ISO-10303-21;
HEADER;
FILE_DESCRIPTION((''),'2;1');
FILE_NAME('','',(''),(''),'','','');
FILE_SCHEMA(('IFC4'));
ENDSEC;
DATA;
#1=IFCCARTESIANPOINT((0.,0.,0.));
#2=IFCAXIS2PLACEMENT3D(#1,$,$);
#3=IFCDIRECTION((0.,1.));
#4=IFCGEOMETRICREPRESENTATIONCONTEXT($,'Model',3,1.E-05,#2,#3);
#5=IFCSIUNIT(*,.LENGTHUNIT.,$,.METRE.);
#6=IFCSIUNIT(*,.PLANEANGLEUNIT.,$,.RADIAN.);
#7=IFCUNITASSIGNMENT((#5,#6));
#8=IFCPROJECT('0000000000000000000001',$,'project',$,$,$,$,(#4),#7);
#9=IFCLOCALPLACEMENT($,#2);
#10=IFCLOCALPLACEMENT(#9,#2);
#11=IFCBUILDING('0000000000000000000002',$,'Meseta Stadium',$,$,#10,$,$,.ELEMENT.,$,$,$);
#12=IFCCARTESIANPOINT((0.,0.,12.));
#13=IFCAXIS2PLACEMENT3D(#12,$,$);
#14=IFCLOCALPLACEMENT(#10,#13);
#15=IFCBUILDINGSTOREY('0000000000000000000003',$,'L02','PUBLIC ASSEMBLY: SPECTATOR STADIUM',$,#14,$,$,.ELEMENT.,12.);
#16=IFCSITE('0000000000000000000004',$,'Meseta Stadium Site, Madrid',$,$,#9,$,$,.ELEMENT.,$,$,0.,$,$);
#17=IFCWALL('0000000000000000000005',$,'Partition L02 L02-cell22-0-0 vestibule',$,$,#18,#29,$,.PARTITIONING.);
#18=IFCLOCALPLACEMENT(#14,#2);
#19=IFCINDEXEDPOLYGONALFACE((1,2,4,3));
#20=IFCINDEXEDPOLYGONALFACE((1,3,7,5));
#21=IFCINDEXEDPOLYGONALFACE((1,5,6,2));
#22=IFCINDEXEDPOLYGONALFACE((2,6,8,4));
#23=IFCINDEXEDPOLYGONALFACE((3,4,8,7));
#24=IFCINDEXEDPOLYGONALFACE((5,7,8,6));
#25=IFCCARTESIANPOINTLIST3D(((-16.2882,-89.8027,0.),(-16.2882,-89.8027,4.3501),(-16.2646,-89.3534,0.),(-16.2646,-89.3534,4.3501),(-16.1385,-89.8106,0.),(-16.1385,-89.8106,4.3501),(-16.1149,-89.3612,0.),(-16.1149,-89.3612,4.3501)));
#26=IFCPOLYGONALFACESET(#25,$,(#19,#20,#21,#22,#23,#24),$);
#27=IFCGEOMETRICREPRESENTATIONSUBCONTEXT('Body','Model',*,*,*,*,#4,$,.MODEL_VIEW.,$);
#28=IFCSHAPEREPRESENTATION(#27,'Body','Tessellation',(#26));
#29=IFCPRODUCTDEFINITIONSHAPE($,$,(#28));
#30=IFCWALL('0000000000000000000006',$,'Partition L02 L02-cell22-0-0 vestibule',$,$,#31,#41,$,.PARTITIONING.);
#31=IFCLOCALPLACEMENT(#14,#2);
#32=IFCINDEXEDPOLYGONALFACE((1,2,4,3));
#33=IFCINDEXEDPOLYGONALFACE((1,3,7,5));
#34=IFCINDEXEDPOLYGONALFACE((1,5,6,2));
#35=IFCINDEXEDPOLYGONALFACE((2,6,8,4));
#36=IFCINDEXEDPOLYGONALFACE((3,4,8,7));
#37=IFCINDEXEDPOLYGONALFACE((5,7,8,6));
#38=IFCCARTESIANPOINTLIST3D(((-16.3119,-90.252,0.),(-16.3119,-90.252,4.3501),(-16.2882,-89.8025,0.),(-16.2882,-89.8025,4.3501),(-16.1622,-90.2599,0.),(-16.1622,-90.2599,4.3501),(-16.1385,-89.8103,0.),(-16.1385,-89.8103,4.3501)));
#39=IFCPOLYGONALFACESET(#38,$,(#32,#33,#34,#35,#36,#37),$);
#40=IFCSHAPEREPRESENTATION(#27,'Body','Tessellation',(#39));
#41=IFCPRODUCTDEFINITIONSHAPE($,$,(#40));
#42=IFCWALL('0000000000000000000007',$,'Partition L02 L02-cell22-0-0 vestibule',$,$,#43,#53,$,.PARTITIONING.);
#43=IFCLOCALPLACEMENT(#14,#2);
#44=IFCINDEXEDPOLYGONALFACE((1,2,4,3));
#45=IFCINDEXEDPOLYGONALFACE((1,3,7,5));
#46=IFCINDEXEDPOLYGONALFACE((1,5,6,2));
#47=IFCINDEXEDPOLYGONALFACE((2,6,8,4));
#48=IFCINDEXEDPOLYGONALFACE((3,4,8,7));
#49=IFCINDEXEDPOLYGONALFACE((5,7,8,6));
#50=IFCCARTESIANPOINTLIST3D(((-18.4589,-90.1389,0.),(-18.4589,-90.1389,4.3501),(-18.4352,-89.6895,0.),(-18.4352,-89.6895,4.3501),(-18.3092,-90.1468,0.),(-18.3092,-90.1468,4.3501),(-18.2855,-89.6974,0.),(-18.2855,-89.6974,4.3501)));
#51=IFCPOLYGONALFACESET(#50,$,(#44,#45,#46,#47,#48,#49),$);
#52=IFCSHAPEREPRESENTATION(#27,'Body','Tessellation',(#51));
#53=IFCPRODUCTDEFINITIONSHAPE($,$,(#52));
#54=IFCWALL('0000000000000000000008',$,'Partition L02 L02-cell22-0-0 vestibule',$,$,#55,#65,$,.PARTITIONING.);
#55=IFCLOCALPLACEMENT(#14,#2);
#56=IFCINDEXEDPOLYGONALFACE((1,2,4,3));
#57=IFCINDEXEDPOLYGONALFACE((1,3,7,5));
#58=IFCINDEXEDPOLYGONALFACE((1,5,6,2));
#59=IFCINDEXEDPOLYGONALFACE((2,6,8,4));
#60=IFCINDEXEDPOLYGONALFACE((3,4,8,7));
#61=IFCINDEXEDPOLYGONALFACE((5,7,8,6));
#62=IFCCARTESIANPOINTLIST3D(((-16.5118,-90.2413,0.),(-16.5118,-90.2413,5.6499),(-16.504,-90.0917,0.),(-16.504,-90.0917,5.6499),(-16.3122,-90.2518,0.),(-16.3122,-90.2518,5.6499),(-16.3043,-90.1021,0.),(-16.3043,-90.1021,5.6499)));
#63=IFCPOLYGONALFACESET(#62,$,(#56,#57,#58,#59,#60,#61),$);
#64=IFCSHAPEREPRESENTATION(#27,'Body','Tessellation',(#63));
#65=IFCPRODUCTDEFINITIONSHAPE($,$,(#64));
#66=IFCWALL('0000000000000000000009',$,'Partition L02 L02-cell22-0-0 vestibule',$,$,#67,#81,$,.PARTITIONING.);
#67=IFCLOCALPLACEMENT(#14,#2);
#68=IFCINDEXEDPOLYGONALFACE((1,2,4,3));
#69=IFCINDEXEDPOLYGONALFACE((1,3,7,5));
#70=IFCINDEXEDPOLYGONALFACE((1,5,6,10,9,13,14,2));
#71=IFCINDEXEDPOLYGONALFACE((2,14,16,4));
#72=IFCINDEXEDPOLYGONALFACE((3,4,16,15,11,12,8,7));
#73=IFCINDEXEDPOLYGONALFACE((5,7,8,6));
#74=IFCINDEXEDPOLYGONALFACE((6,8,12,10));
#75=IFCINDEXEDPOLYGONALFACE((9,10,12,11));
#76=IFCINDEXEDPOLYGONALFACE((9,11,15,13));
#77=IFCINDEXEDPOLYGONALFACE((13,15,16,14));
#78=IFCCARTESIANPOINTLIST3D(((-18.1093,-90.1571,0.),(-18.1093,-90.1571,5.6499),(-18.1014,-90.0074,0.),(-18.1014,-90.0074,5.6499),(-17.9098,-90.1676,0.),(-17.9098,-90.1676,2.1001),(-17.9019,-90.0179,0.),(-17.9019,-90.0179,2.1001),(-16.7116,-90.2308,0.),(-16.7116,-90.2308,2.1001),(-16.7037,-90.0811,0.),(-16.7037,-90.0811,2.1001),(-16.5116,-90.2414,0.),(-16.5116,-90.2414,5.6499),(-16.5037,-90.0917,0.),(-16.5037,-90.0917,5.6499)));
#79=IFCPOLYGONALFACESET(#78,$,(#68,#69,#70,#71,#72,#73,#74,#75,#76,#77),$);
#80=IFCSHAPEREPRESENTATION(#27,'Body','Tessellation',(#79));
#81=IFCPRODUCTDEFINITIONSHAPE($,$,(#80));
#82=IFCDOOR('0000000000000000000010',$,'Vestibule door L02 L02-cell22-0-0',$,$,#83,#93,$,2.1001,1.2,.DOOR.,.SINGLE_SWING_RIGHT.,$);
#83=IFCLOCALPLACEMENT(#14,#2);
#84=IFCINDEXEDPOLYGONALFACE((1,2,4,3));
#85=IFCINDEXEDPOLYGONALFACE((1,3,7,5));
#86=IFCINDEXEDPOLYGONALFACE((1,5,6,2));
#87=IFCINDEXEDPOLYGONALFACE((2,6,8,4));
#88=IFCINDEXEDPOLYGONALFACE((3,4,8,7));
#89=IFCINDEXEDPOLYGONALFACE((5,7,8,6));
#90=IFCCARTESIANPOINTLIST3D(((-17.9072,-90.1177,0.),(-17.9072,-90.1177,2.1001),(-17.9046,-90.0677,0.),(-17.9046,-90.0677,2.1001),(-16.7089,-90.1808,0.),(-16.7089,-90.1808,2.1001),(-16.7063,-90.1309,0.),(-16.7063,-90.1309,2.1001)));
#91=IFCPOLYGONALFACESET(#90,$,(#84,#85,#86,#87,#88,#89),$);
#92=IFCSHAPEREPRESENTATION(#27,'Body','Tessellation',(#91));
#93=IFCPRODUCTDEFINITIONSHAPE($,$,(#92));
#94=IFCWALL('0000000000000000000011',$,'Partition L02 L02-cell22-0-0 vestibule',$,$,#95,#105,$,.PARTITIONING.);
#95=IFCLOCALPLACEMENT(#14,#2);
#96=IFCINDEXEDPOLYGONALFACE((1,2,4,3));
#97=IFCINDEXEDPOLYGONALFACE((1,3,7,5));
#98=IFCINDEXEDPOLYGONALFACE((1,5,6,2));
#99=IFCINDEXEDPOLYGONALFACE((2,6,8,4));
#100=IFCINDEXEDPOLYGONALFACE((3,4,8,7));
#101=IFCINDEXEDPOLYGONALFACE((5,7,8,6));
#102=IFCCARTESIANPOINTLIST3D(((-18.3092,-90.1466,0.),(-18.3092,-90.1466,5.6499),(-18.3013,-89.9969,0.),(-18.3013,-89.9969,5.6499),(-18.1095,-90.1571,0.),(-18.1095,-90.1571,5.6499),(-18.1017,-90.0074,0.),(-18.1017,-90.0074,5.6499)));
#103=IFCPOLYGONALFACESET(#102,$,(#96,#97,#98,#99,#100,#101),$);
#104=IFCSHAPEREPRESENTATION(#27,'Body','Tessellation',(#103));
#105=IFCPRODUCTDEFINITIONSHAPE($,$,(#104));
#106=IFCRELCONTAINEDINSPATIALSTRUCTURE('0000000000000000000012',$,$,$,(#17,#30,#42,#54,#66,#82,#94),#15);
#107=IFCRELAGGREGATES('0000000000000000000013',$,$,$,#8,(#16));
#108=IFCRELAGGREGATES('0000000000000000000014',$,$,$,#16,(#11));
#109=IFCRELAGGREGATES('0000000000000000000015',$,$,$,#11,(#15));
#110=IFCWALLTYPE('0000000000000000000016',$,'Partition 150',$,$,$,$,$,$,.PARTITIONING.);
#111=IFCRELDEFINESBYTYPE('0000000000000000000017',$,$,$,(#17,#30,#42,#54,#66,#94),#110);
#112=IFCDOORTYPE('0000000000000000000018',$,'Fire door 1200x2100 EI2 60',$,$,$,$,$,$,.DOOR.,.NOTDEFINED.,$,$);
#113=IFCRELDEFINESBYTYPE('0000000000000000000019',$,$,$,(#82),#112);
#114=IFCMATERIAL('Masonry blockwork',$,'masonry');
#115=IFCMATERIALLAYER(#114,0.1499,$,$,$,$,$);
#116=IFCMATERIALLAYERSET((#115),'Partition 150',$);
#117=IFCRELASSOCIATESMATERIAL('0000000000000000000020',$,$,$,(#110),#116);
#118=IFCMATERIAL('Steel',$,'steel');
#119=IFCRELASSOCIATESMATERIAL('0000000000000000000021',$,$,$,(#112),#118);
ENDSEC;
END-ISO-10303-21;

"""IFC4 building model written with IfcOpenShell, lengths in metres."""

from ifc_helpers import new_model, si_unit, direction, frame, frame_2d, origin, place, context, subcontext, project, spatial, rectangle, extrude, material, layer, layer_set, type_object, element, fill, save


model = new_model("IFC4")

# Units and contexts
model_context = context("Model", 3, precision=1e-05, world=origin(), true_north=direction((0.0, 1.0)))
body_context = subcontext(model_context, "Body", "Model", "MODEL_VIEW")
ifc_project = project(units=[si_unit("LENGTHUNIT", "METRE"), si_unit("PLANEANGLEUNIT", "RADIAN")], contexts=[model_context])

# Site, building, storey
site_placement = place(None, origin())
site = spatial("IfcSite", under=ifc_project, at=site_placement, Name="Meseta Stadium Site, Madrid", CompositionType="ELEMENT", RefElevation=0.0)
building_placement = place(site_placement, origin())
building = spatial("IfcBuilding", under=site, at=building_placement, Name="Meseta Stadium", CompositionType="ELEMENT")
storey_placement = place(building_placement, frame((0.0, 0.0, 12.0)))
storey = spatial("IfcBuildingStorey", under=building, at=storey_placement, Name="L02", Description="PUBLIC ASSEMBLY: SPECTATOR STADIUM", CompositionType="ELEMENT", Elevation=12.0)

# Walls
ifc_material_1 = material(Name="Masonry blockwork", Category="masonry")
ifc_layer_1 = layer(ifc_material_1, 0.1499)
ifc_layer_set_1 = layer_set([ifc_layer_1], Name="Partition 150")
wall_type_1 = type_object("IfcWallType", Name="Partition 150", PredefinedType="PARTITIONING", material=ifc_layer_set_1)
wall_1_placement = place(storey_placement, frame((-16.1897, -89.3572, 0.0), z_axis=(0.0, 0.0, 1.0), x_axis=(-0.052644, -0.998613, 0.0)))
element("IfcWall", 1, at=wall_1_placement, inside=storey, type_object=wall_type_1, Name="Partition L02 L02-cell22-0-0 vestibule", PredefinedType="PARTITIONING", context=body_context, shape_type="SweptSolid", body=[
    extrude(rectangle(XDim=0.45, YDim=0.1499, at=frame_2d((0.2251, 0.0))), origin(), (0.0, 0.0, 1.0), 4.3501),
])
wall_2_placement = place(storey_placement, frame((-16.2134, -89.8064, 0.0), z_axis=(0.0, 0.0, 1.0), x_axis=(-0.052616, -0.998615, 0.0)))
element("IfcWall", 2, at=wall_2_placement, inside=storey, type_object=wall_type_1, Name="Partition L02 L02-cell22-0-0 vestibule", PredefinedType="PARTITIONING", context=body_context, shape_type="SweptSolid", body=[
    extrude(rectangle(XDim=0.4502, YDim=0.1499, at=frame_2d((0.2251, 0.0))), origin(), (0.0, 0.0, 1.0), 4.3501),
])
wall_3_placement = place(storey_placement, frame((-18.3604, -89.6934, 0.0), z_axis=(0.0, 0.0, 1.0), x_axis=(-0.052644, -0.998613, 0.0)))
element("IfcWall", 3, at=wall_3_placement, inside=storey, type_object=wall_type_1, Name="Partition L02 L02-cell22-0-0 vestibule", PredefinedType="PARTITIONING", context=body_context, shape_type="SweptSolid", body=[
    extrude(rectangle(XDim=0.45, YDim=0.1499, at=frame_2d((0.2251, 0.0))), origin(), (0.0, 0.0, 1.0), 4.3501),
])
wall_4_placement = place(storey_placement, frame((-16.3081, -90.177, 0.0), z_axis=(0.0, 0.0, 1.0), x_axis=(-0.998621, 0.052495, 0.0)))
element("IfcWall", 4, at=wall_4_placement, inside=storey, type_object=wall_type_1, Name="Partition L02 L02-cell22-0-0 vestibule", PredefinedType="PARTITIONING", context=body_context, shape_type="SweptSolid", body=[
    extrude(rectangle(XDim=0.2, YDim=0.1499, at=frame_2d((0.1001, 0.0))), origin(), (0.0, 0.0, 1.0), 5.6499),
])

# Wall, opening, door
wall_5_placement = place(storey_placement, frame((-16.5078, -90.1665, 0.0), z_axis=(0.0, 0.0, 1.0), x_axis=(-0.998613, 0.052647, 0.0)))
wall_5 = element("IfcWall", 5, at=wall_5_placement, inside=storey, type_object=wall_type_1, Name="Partition L02 L02-cell22-0-0 vestibule", PredefinedType="PARTITIONING", context=body_context, shape_type="SweptSolid", body=[
    extrude(rectangle(XDim=1.5999, YDim=0.1499, at=frame_2d((0.7998, 0.0))), origin(), (0.0, 0.0, 1.0), 5.6499),
])
opening_1_placement = place(wall_5_placement, frame((0.2, 0.0, 0.0)))
opening_1 = element("IfcOpeningElement", 6, at=opening_1_placement, cuts=wall_5, PredefinedType="OPENING", context=body_context, shape_type="SweptSolid", body=[
    extrude(rectangle(XDim=1.2, YDim=2.1001, at=frame_2d((0.6001, 1.05))), frame((0.0, 0.085, 0.0), z_axis=(0.0, -1.0, 0.0), x_axis=(1.0, 0.0, 0.0)), (0.0, 0.0, 1.0), 0.1699),
])
ifc_material_2 = material(Name="Steel", Category="steel")
door_type_1 = type_object("IfcDoorType", Name="Fire door 1200x2100 EI2 60", OperationType="NOTDEFINED", PredefinedType="DOOR", material=ifc_material_2)
door_1_placement = place(opening_1_placement, origin())
door_1 = element("IfcDoor", 7, at=door_1_placement, inside=storey, type_object=door_type_1, Name="Vestibule door L02 L02-cell22-0-0", OperationType="SINGLE_SWING_RIGHT", OverallHeight=2.1001, OverallWidth=1.2, PredefinedType="DOOR", context=body_context, shape_type="SweptSolid", body=[
    extrude(rectangle(XDim=1.2, YDim=2.1001, at=frame_2d((0.6001, 1.05))), frame((0.0, 0.0249, 0.0), z_axis=(0.0, -1.0, 0.0), x_axis=(1.0, 0.0, 0.0)), (0.0, 0.0, 1.0), 0.05),
])
fill(opening_1, door_1)

# Wall
wall_6_placement = place(storey_placement, frame((-18.1055, -90.0823, 0.0), z_axis=(0.0, 0.0, 1.0), x_axis=(-0.998621, 0.052495, 0.0)))
element("IfcWall", 8, at=wall_6_placement, inside=storey, type_object=wall_type_1, Name="Partition L02 L02-cell22-0-0 vestibule", PredefinedType="PARTITIONING", context=body_context, shape_type="SweptSolid", body=[
    extrude(rectangle(XDim=0.2, YDim=0.1499, at=frame_2d((0.1001, 0.0))), origin(), (0.0, 0.0, 1.0), 5.6499),
])

save(model, "model.ifc")
